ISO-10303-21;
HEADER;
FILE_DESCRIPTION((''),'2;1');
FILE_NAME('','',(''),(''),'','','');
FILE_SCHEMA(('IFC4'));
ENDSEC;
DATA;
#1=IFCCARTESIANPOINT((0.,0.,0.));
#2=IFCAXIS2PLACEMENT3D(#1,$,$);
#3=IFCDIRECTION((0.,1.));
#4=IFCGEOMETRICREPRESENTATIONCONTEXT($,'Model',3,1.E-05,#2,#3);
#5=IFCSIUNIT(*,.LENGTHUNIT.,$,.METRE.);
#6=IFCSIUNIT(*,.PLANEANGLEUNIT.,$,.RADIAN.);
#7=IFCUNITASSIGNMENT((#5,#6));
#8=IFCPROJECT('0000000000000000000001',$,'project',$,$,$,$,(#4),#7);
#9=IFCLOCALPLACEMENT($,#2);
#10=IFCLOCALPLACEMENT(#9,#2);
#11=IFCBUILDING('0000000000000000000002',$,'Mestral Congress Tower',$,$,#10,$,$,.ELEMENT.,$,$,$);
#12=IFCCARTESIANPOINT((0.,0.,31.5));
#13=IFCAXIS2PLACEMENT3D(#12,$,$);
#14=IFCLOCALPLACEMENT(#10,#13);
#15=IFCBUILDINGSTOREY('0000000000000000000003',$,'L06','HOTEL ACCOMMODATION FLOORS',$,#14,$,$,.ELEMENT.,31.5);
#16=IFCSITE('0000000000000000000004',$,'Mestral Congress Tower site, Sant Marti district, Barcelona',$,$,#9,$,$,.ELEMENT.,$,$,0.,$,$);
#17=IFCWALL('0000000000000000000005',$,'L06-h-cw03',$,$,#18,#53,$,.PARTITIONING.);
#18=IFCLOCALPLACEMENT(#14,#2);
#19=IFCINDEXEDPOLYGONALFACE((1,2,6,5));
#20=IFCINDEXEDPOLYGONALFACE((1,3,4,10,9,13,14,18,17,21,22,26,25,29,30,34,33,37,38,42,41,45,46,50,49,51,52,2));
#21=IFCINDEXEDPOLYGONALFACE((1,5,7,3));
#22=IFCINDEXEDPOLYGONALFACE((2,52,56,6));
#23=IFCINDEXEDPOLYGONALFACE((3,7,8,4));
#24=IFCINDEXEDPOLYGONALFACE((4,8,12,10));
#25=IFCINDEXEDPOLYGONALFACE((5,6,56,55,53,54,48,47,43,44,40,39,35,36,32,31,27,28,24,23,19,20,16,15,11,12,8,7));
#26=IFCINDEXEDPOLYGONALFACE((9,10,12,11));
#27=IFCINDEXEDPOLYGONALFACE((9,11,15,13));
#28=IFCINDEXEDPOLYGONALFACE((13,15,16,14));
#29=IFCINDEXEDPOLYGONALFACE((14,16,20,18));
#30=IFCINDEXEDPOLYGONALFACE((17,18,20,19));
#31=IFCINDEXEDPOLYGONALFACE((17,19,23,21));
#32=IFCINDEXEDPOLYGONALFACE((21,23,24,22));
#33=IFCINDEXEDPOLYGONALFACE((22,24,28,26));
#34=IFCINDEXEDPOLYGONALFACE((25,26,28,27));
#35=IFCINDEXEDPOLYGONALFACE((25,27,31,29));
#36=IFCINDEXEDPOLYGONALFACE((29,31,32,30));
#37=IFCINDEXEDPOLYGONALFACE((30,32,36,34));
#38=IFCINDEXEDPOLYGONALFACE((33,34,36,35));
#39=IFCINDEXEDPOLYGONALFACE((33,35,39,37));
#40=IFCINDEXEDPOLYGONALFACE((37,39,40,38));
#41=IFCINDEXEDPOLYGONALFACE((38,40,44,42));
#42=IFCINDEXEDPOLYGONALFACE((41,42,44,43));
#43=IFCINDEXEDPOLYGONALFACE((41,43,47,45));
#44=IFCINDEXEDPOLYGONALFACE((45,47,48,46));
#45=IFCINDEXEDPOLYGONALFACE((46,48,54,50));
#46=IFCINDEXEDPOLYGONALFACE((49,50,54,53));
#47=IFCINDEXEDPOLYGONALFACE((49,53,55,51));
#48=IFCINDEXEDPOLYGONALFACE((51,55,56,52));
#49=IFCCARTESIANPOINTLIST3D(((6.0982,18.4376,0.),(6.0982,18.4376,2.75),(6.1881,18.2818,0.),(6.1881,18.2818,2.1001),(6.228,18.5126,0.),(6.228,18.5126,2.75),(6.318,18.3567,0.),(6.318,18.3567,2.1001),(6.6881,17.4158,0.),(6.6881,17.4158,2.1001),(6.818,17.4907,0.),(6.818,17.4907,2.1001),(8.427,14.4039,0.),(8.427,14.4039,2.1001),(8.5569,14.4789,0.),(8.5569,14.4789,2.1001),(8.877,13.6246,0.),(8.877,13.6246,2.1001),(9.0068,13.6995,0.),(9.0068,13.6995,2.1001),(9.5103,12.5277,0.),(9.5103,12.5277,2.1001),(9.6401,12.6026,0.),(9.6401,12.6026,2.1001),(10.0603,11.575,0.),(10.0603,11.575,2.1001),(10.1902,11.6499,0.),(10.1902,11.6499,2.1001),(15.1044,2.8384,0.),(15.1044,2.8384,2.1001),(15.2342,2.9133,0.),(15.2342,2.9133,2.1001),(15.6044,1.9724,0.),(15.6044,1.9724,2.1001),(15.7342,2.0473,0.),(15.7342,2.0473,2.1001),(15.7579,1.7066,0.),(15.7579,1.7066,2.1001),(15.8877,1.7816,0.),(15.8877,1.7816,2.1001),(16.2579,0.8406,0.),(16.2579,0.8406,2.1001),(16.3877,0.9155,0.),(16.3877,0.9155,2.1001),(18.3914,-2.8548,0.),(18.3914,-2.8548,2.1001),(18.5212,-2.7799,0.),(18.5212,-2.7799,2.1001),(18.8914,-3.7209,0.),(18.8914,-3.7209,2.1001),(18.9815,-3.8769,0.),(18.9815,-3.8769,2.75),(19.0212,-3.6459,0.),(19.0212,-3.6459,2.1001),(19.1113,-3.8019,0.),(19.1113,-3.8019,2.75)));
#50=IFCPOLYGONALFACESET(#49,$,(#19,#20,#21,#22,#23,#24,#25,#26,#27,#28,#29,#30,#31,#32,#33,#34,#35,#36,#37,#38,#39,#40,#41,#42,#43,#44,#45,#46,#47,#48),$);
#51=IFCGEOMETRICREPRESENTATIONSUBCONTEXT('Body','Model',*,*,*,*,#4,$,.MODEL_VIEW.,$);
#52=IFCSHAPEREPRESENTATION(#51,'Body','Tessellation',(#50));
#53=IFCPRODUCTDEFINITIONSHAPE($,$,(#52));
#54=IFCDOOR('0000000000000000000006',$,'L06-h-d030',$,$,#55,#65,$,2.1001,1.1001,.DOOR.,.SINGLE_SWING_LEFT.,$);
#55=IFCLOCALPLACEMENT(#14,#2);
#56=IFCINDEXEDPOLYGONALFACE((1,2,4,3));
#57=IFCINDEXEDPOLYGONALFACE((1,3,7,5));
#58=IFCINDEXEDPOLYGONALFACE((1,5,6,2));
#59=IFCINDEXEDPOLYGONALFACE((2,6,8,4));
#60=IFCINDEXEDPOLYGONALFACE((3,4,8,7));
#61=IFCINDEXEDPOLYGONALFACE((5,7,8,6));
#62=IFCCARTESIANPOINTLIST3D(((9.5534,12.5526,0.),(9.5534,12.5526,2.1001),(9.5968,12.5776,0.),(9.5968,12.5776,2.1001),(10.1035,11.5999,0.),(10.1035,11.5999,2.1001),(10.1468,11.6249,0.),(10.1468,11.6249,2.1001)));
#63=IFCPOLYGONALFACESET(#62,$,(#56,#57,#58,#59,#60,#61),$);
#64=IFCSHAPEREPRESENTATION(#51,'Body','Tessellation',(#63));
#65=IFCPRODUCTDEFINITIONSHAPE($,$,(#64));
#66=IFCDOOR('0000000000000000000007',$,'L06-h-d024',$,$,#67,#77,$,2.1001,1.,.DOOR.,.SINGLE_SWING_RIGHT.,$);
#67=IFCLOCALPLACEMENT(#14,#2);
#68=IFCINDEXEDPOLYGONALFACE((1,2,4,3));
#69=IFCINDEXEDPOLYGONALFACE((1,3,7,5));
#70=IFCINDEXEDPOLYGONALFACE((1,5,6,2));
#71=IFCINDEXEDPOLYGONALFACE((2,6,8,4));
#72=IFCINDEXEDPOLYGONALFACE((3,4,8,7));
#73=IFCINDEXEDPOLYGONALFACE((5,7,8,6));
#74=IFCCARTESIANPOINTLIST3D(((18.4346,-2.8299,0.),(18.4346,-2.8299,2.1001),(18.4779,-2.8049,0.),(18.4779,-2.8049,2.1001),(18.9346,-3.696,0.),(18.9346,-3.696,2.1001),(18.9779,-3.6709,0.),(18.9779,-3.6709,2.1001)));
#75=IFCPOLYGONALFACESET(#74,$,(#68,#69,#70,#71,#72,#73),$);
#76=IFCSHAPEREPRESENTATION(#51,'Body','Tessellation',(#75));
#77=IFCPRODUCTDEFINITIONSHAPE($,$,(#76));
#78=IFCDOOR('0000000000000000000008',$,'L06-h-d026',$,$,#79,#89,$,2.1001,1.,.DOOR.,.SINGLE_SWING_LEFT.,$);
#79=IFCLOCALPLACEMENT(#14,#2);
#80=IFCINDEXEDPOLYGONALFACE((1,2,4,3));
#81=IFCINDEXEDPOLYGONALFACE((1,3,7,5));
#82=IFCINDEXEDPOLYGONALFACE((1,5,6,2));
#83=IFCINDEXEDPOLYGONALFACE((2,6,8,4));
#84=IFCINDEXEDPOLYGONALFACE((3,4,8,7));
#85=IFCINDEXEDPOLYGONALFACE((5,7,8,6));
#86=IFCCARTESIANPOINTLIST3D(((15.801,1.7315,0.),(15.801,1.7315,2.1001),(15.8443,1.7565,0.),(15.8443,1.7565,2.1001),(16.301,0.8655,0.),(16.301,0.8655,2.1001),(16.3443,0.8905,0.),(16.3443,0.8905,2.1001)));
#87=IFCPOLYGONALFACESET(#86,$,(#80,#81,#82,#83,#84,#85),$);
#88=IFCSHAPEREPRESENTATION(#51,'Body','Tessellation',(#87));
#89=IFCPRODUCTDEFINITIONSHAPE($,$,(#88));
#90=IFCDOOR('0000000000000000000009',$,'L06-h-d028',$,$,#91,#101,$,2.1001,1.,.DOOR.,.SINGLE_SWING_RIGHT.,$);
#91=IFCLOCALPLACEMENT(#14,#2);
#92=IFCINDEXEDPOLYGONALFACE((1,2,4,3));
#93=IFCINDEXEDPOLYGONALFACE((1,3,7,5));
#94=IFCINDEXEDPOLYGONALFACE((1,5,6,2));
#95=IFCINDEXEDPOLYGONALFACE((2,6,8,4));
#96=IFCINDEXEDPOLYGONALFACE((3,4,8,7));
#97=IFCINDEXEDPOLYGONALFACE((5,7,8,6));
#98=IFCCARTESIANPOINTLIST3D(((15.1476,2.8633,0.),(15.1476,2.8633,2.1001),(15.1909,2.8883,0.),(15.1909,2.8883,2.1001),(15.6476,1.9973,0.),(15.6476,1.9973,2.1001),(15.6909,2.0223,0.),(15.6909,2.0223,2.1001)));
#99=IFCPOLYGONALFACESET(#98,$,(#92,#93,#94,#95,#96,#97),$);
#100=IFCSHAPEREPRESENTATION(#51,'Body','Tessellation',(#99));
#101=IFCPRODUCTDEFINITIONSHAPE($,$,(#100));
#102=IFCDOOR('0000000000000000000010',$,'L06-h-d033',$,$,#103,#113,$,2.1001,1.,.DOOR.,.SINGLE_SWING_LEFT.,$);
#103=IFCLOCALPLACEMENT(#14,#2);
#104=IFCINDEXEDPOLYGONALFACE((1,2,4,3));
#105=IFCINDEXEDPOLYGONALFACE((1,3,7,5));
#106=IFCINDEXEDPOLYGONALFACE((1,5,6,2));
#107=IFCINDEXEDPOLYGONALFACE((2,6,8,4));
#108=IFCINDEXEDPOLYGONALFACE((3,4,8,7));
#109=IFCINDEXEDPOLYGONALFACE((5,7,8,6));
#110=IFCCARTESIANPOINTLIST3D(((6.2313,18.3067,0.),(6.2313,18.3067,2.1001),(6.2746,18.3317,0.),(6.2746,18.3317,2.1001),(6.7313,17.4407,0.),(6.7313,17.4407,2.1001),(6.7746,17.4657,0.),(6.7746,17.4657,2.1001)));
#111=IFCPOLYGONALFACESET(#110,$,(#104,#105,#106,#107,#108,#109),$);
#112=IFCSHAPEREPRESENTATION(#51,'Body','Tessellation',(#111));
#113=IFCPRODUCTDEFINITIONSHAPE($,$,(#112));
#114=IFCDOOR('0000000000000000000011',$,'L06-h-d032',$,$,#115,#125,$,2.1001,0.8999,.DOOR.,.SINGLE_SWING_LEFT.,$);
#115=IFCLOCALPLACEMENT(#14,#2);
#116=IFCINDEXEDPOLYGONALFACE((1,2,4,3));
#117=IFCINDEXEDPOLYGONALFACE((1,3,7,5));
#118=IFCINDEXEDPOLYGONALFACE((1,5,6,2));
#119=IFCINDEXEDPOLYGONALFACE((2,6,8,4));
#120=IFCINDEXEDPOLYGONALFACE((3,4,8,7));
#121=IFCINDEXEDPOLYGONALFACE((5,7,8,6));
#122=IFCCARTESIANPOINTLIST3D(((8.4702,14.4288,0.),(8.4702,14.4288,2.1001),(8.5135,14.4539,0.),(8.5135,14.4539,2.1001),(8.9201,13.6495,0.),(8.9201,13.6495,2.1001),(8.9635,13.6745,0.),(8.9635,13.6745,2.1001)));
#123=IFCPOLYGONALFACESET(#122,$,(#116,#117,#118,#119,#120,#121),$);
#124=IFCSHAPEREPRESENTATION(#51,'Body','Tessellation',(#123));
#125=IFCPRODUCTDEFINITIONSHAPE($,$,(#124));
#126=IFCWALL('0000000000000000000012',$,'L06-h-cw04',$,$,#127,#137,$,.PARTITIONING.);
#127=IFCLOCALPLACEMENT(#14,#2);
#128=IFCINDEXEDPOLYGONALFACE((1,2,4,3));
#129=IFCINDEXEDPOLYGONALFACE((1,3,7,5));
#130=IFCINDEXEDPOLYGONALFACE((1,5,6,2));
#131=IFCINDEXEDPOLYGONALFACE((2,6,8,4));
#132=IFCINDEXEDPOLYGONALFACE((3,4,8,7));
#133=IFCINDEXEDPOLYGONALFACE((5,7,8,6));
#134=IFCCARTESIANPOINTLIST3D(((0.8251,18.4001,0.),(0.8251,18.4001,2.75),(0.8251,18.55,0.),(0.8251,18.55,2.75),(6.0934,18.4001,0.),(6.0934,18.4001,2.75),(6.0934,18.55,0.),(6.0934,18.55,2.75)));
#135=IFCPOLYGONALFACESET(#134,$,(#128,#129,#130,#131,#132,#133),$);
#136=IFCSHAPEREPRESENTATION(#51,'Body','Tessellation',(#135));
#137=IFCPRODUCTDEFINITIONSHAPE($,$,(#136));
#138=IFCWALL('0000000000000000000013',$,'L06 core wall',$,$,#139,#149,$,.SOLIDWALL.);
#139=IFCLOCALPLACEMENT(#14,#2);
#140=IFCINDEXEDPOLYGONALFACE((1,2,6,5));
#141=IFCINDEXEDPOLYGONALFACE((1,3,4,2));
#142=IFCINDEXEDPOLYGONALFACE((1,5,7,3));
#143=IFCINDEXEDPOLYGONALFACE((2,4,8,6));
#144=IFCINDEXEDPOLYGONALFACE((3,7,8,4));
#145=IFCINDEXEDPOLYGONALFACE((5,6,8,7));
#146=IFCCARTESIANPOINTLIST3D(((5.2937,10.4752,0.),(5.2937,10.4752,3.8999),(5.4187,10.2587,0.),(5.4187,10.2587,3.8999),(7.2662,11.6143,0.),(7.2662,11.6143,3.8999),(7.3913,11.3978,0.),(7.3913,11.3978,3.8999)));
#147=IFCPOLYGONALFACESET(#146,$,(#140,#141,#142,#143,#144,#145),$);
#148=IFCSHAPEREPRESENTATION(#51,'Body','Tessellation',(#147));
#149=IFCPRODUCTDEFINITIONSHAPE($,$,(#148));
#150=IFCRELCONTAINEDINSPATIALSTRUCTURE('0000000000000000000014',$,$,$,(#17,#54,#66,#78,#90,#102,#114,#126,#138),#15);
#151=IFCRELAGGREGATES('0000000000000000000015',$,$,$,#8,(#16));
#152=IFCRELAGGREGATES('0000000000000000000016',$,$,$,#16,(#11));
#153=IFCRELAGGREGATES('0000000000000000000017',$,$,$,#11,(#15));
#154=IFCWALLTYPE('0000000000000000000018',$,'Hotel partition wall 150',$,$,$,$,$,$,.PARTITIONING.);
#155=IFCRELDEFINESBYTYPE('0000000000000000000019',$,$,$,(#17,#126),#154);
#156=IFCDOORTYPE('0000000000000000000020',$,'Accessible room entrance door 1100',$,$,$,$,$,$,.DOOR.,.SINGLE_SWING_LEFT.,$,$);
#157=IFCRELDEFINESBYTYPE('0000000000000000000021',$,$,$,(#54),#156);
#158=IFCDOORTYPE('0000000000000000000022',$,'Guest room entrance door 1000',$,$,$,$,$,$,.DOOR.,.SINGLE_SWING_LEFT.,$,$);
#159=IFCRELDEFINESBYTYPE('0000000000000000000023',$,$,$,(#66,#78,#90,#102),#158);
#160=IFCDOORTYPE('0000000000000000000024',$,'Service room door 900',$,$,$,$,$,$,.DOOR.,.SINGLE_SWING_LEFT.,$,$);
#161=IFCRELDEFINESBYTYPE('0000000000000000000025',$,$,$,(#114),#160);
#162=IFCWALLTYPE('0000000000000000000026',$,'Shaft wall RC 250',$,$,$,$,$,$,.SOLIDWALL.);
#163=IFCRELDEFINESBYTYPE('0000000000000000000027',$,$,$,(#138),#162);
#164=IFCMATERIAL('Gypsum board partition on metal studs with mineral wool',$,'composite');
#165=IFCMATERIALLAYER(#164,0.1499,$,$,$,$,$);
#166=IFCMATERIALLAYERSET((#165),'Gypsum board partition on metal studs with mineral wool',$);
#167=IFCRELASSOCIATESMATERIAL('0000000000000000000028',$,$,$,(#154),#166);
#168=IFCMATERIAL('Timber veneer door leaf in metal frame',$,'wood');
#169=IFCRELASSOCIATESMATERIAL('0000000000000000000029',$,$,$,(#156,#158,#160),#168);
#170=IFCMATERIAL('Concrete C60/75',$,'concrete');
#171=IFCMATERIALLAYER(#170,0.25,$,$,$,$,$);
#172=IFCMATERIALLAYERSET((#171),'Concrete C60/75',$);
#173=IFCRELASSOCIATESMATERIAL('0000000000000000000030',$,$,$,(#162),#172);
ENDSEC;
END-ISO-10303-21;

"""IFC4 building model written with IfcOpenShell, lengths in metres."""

from ifc_helpers import new_model, si_unit, direction, frame, frame_2d, origin, place, context, subcontext, project, spatial, rectangle, extrude, material, layer, layer_set, type_object, element, fill, save


model = new_model("IFC4")

# Units and contexts
model_context = context("Model", 3, precision=1e-05, world=origin(), true_north=direction((0.0, 1.0)))
body_context = subcontext(model_context, "Body", "Model", "MODEL_VIEW")
ifc_project = project(units=[si_unit("LENGTHUNIT", "METRE"), si_unit("PLANEANGLEUNIT", "RADIAN")], contexts=[model_context])

# Site, building, storey
site_placement = place(None, origin())
site = spatial("IfcSite", under=ifc_project, at=site_placement, Name="Mestral Congress Tower site, Sant Marti district, Barcelona", CompositionType="ELEMENT", RefElevation=0.0)
building_placement = place(site_placement, origin())
building = spatial("IfcBuilding", under=site, at=building_placement, Name="Mestral Congress Tower", CompositionType="ELEMENT")
storey_placement = place(building_placement, frame((0.0, 0.0, 31.5)))
storey = spatial("IfcBuildingStorey", under=building, at=storey_placement, Name="L06", Description="HOTEL ACCOMMODATION FLOORS", CompositionType="ELEMENT", Elevation=31.5)

# Shared definitions
ifc_material_1 = material(Name="Concrete C60/75", Category="concrete")

# Shared definitions
ifc_material_2 = material(Name="Gypsum board partition on metal studs with mineral wool", Category="composite")

# Wall, openings, doors
ifc_layer_1 = layer(ifc_material_2, 0.1499)
ifc_layer_set_1 = layer_set([ifc_layer_1], Name="Gypsum board partition on metal studs with mineral wool")
wall_type_1 = type_object("IfcWallType", Name="Hotel partition wall 150", PredefinedType="PARTITIONING", material=ifc_layer_set_1)
wall_1_placement = place(storey_placement, frame((6.1631, 18.4751, 0.0), z_axis=(0.0, 0.0, 1.0), x_axis=(0.500001, -0.866025, 0.0)))
wall_1 = element("IfcWall", 1, at=wall_1_placement, inside=storey, type_object=wall_type_1, Name="L06-h-cw03", PredefinedType="PARTITIONING", context=body_context, shape_type="SweptSolid", body=[
    extrude(rectangle(XDim=25.7666, YDim=0.1499, at=frame_2d((12.8833, 0.0))), origin(), (0.0, 0.0, 1.0), 2.75),
])
opening_1_placement = place(wall_1_placement, frame((24.5864, 0.0, 0.0)))
opening_1 = element("IfcOpeningElement", 2, at=opening_1_placement, cuts=wall_1, PredefinedType="OPENING", context=body_context, shape_type="SweptSolid", body=[
    extrude(rectangle(XDim=1.0, YDim=2.1001, at=frame_2d((0.5, 1.05))), frame((0.0, 0.085, 0.0), z_axis=(0.0, -1.0, 0.0), x_axis=(1.0, 0.0, 0.0)), (0.0, 0.0, 1.0), 0.1699),
])
opening_2_placement = place(wall_1_placement, frame((19.3193, 0.0, 0.0)))
opening_2 = element("IfcOpeningElement", 3, at=opening_2_placement, cuts=wall_1, PredefinedType="OPENING", context=body_context, shape_type="SweptSolid", body=[
    extrude(rectangle(XDim=1.0, YDim=2.1001, at=frame_2d((0.5, 1.05))), frame((0.0, 0.085, 0.0), z_axis=(0.0, -1.0, 0.0), x_axis=(1.0, 0.0, 0.0)), (0.0, 0.0, 1.0), 0.1699),
])
opening_3_placement = place(wall_1_placement, frame((18.0125, 0.0, 0.0)))
opening_3 = element("IfcOpeningElement", 4, at=opening_3_placement, cuts=wall_1, PredefinedType="OPENING", context=body_context, shape_type="SweptSolid", body=[
    extrude(rectangle(XDim=1.0, YDim=2.1001, at=frame_2d((0.5, 1.05))), frame((0.0, 0.085, 0.0), z_axis=(0.0, -1.0, 0.0), x_axis=(1.0, 0.0, 0.0)), (0.0, 0.0, 1.0), 0.1699),
])
opening_4_placement = place(wall_1_placement, frame((6.8242, 0.0, 0.0)))
opening_4 = element("IfcOpeningElement", 5, at=opening_4_placement, cuts=wall_1, PredefinedType="OPENING", context=body_context, shape_type="SweptSolid", body=[
    extrude(rectangle(XDim=1.1001, YDim=2.1001, at=frame_2d((0.55, 1.05))), frame((0.0, 0.085, 0.0), z_axis=(0.0, -1.0, 0.0), x_axis=(1.0, 0.0, 0.0)), (0.0, 0.0, 1.0), 0.1699),
])
opening_5_placement = place(wall_1_placement, frame((4.6577, 0.0, 0.0)))
opening_5 = element("IfcOpeningElement", 6, at=opening_5_placement, cuts=wall_1, PredefinedType="OPENING", context=body_context, shape_type="SweptSolid", body=[
    extrude(rectangle(XDim=0.8999, YDim=2.1001, at=frame_2d((0.45, 1.05))), frame((0.0, 0.085, 0.0), z_axis=(0.0, -1.0, 0.0), x_axis=(1.0, 0.0, 0.0)), (0.0, 0.0, 1.0), 0.1699),
])
opening_6_placement = place(wall_1_placement, frame((0.1799, 0.0, 0.0)))
opening_6 = element("IfcOpeningElement", 7, at=opening_6_placement, cuts=wall_1, PredefinedType="OPENING", context=body_context, shape_type="SweptSolid", body=[
    extrude(rectangle(XDim=1.0, YDim=2.1001, at=frame_2d((0.5, 1.05))), frame((0.0, 0.085, 0.0), z_axis=(0.0, -1.0, 0.0), x_axis=(1.0, 0.0, 0.0)), (0.0, 0.0, 1.0), 0.1699),
])
ifc_material_3 = material(Name="Timber veneer door leaf in metal frame", Category="wood")
door_type_1 = type_object("IfcDoorType", Name="Accessible room entrance door 1100", OperationType="SINGLE_SWING_LEFT", PredefinedType="DOOR", material=ifc_material_3)
door_1_placement = place(opening_4_placement, origin())
door_1 = element("IfcDoor", 8, at=door_1_placement, inside=storey, type_object=door_type_1, Name="L06-h-d030", OperationType="SINGLE_SWING_LEFT", OverallHeight=2.1001, OverallWidth=1.1001, PredefinedType="DOOR", context=body_context, shape_type="SweptSolid", body=[
    extrude(rectangle(XDim=1.1001, YDim=2.1001, at=frame_2d((0.55, 1.05))), frame((0.0, 0.0249, 0.0), z_axis=(0.0, -1.0, 0.0), x_axis=(1.0, 0.0, 0.0)), (0.0, 0.0, 1.0), 0.05),
])
fill(opening_4, door_1)
door_type_2 = type_object("IfcDoorType", Name="Guest room entrance door 1000", OperationType="SINGLE_SWING_LEFT", PredefinedType="DOOR", material=ifc_material_3)
door_2_placement = place(opening_1_placement, origin())
door_2 = element("IfcDoor", 9, at=door_2_placement, inside=storey, type_object=door_type_2, Name="L06-h-d024", OperationType="SINGLE_SWING_RIGHT", OverallHeight=2.1001, OverallWidth=1.0, PredefinedType="DOOR", context=body_context, shape_type="SweptSolid", body=[
    extrude(rectangle(XDim=1.0, YDim=2.1001, at=frame_2d((0.5, 1.05))), frame((0.0, 0.0249, 0.0), z_axis=(0.0, -1.0, 0.0), x_axis=(1.0, 0.0, 0.0)), (0.0, 0.0, 1.0), 0.05),
])
fill(opening_1, door_2)
door_3_placement = place(opening_2_placement, origin())
door_3 = element("IfcDoor", 10, at=door_3_placement, inside=storey, type_object=door_type_2, Name="L06-h-d026", OperationType="SINGLE_SWING_LEFT", OverallHeight=2.1001, OverallWidth=1.0, PredefinedType="DOOR", context=body_context, shape_type="SweptSolid", body=[
    extrude(rectangle(XDim=1.0, YDim=2.1001, at=frame_2d((0.5, 1.05))), frame((0.0, 0.0249, 0.0), z_axis=(0.0, -1.0, 0.0), x_axis=(1.0, 0.0, 0.0)), (0.0, 0.0, 1.0), 0.05),
])
fill(opening_2, door_3)
door_4_placement = place(opening_3_placement, origin())
door_4 = element("IfcDoor", 11, at=door_4_placement, inside=storey, type_object=door_type_2, Name="L06-h-d028", OperationType="SINGLE_SWING_RIGHT", OverallHeight=2.1001, OverallWidth=1.0, PredefinedType="DOOR", context=body_context, shape_type="SweptSolid", body=[
    extrude(rectangle(XDim=1.0, YDim=2.1001, at=frame_2d((0.5, 1.05))), frame((0.0, 0.0249, 0.0), z_axis=(0.0, -1.0, 0.0), x_axis=(1.0, 0.0, 0.0)), (0.0, 0.0, 1.0), 0.05),
])
fill(opening_3, door_4)
door_5_placement = place(opening_6_placement, origin())
door_5 = element("IfcDoor", 12, at=door_5_placement, inside=storey, type_object=door_type_2, Name="L06-h-d033", OperationType="SINGLE_SWING_LEFT", OverallHeight=2.1001, OverallWidth=1.0, PredefinedType="DOOR", context=body_context, shape_type="SweptSolid", body=[
    extrude(rectangle(XDim=1.0, YDim=2.1001, at=frame_2d((0.5, 1.05))), frame((0.0, 0.0249, 0.0), z_axis=(0.0, -1.0, 0.0), x_axis=(1.0, 0.0, 0.0)), (0.0, 0.0, 1.0), 0.05),
])
fill(opening_6, door_5)
door_type_3 = type_object("IfcDoorType", Name="Service room door 900", OperationType="SINGLE_SWING_LEFT", PredefinedType="DOOR", material=ifc_material_3)
door_6_placement = place(opening_5_placement, origin())
door_6 = element("IfcDoor", 13, at=door_6_placement, inside=storey, type_object=door_type_3, Name="L06-h-d032", OperationType="SINGLE_SWING_LEFT", OverallHeight=2.1001, OverallWidth=0.8999, PredefinedType="DOOR", context=body_context, shape_type="SweptSolid", body=[
    extrude(rectangle(XDim=0.8999, YDim=2.1001, at=frame_2d((0.45, 1.05))), frame((0.0, 0.0249, 0.0), z_axis=(0.0, -1.0, 0.0), x_axis=(1.0, 0.0, 0.0)), (0.0, 0.0, 1.0), 0.05),
])
fill(opening_5, door_6)

# Walls
wall_2_placement = place(storey_placement, frame((0.825, 18.4751, 0.0), z_axis=(0.0, 0.0, 1.0), x_axis=(1.0, 0.0, 0.0)))
element("IfcWall", 14, at=wall_2_placement, inside=storey, type_object=wall_type_1, Name="L06-h-cw04", PredefinedType="PARTITIONING", context=body_context, shape_type="SweptSolid", body=[
    extrude(rectangle(XDim=5.2683, YDim=0.1499, at=frame_2d((2.6343, 0.0))), origin(), (0.0, 0.0, 1.0), 2.75),
])
ifc_layer_2 = layer(ifc_material_1, 0.25)
ifc_layer_set_2 = layer_set([ifc_layer_2], Name="Concrete C60/75")
wall_type_2 = type_object("IfcWallType", Name="Shaft wall RC 250", PredefinedType="SOLIDWALL", material=ifc_layer_set_2)
wall_3_placement = place(storey_placement, frame((5.3562, 10.3669, 0.0), z_axis=(0.0, 0.0, 1.0), x_axis=(0.865979, 0.500081, 0.0)))
element("IfcWall", 15, at=wall_3_placement, inside=storey, type_object=wall_type_2, Name="L06 core wall", PredefinedType="SOLIDWALL", context=body_context, shape_type="SweptSolid", body=[
    extrude(rectangle(XDim=2.2778, YDim=0.25, at=frame_2d((1.1389, 0.0))), origin(), (0.0, 0.0, 1.0), 3.8999),
])

save(model, "model.ifc")
